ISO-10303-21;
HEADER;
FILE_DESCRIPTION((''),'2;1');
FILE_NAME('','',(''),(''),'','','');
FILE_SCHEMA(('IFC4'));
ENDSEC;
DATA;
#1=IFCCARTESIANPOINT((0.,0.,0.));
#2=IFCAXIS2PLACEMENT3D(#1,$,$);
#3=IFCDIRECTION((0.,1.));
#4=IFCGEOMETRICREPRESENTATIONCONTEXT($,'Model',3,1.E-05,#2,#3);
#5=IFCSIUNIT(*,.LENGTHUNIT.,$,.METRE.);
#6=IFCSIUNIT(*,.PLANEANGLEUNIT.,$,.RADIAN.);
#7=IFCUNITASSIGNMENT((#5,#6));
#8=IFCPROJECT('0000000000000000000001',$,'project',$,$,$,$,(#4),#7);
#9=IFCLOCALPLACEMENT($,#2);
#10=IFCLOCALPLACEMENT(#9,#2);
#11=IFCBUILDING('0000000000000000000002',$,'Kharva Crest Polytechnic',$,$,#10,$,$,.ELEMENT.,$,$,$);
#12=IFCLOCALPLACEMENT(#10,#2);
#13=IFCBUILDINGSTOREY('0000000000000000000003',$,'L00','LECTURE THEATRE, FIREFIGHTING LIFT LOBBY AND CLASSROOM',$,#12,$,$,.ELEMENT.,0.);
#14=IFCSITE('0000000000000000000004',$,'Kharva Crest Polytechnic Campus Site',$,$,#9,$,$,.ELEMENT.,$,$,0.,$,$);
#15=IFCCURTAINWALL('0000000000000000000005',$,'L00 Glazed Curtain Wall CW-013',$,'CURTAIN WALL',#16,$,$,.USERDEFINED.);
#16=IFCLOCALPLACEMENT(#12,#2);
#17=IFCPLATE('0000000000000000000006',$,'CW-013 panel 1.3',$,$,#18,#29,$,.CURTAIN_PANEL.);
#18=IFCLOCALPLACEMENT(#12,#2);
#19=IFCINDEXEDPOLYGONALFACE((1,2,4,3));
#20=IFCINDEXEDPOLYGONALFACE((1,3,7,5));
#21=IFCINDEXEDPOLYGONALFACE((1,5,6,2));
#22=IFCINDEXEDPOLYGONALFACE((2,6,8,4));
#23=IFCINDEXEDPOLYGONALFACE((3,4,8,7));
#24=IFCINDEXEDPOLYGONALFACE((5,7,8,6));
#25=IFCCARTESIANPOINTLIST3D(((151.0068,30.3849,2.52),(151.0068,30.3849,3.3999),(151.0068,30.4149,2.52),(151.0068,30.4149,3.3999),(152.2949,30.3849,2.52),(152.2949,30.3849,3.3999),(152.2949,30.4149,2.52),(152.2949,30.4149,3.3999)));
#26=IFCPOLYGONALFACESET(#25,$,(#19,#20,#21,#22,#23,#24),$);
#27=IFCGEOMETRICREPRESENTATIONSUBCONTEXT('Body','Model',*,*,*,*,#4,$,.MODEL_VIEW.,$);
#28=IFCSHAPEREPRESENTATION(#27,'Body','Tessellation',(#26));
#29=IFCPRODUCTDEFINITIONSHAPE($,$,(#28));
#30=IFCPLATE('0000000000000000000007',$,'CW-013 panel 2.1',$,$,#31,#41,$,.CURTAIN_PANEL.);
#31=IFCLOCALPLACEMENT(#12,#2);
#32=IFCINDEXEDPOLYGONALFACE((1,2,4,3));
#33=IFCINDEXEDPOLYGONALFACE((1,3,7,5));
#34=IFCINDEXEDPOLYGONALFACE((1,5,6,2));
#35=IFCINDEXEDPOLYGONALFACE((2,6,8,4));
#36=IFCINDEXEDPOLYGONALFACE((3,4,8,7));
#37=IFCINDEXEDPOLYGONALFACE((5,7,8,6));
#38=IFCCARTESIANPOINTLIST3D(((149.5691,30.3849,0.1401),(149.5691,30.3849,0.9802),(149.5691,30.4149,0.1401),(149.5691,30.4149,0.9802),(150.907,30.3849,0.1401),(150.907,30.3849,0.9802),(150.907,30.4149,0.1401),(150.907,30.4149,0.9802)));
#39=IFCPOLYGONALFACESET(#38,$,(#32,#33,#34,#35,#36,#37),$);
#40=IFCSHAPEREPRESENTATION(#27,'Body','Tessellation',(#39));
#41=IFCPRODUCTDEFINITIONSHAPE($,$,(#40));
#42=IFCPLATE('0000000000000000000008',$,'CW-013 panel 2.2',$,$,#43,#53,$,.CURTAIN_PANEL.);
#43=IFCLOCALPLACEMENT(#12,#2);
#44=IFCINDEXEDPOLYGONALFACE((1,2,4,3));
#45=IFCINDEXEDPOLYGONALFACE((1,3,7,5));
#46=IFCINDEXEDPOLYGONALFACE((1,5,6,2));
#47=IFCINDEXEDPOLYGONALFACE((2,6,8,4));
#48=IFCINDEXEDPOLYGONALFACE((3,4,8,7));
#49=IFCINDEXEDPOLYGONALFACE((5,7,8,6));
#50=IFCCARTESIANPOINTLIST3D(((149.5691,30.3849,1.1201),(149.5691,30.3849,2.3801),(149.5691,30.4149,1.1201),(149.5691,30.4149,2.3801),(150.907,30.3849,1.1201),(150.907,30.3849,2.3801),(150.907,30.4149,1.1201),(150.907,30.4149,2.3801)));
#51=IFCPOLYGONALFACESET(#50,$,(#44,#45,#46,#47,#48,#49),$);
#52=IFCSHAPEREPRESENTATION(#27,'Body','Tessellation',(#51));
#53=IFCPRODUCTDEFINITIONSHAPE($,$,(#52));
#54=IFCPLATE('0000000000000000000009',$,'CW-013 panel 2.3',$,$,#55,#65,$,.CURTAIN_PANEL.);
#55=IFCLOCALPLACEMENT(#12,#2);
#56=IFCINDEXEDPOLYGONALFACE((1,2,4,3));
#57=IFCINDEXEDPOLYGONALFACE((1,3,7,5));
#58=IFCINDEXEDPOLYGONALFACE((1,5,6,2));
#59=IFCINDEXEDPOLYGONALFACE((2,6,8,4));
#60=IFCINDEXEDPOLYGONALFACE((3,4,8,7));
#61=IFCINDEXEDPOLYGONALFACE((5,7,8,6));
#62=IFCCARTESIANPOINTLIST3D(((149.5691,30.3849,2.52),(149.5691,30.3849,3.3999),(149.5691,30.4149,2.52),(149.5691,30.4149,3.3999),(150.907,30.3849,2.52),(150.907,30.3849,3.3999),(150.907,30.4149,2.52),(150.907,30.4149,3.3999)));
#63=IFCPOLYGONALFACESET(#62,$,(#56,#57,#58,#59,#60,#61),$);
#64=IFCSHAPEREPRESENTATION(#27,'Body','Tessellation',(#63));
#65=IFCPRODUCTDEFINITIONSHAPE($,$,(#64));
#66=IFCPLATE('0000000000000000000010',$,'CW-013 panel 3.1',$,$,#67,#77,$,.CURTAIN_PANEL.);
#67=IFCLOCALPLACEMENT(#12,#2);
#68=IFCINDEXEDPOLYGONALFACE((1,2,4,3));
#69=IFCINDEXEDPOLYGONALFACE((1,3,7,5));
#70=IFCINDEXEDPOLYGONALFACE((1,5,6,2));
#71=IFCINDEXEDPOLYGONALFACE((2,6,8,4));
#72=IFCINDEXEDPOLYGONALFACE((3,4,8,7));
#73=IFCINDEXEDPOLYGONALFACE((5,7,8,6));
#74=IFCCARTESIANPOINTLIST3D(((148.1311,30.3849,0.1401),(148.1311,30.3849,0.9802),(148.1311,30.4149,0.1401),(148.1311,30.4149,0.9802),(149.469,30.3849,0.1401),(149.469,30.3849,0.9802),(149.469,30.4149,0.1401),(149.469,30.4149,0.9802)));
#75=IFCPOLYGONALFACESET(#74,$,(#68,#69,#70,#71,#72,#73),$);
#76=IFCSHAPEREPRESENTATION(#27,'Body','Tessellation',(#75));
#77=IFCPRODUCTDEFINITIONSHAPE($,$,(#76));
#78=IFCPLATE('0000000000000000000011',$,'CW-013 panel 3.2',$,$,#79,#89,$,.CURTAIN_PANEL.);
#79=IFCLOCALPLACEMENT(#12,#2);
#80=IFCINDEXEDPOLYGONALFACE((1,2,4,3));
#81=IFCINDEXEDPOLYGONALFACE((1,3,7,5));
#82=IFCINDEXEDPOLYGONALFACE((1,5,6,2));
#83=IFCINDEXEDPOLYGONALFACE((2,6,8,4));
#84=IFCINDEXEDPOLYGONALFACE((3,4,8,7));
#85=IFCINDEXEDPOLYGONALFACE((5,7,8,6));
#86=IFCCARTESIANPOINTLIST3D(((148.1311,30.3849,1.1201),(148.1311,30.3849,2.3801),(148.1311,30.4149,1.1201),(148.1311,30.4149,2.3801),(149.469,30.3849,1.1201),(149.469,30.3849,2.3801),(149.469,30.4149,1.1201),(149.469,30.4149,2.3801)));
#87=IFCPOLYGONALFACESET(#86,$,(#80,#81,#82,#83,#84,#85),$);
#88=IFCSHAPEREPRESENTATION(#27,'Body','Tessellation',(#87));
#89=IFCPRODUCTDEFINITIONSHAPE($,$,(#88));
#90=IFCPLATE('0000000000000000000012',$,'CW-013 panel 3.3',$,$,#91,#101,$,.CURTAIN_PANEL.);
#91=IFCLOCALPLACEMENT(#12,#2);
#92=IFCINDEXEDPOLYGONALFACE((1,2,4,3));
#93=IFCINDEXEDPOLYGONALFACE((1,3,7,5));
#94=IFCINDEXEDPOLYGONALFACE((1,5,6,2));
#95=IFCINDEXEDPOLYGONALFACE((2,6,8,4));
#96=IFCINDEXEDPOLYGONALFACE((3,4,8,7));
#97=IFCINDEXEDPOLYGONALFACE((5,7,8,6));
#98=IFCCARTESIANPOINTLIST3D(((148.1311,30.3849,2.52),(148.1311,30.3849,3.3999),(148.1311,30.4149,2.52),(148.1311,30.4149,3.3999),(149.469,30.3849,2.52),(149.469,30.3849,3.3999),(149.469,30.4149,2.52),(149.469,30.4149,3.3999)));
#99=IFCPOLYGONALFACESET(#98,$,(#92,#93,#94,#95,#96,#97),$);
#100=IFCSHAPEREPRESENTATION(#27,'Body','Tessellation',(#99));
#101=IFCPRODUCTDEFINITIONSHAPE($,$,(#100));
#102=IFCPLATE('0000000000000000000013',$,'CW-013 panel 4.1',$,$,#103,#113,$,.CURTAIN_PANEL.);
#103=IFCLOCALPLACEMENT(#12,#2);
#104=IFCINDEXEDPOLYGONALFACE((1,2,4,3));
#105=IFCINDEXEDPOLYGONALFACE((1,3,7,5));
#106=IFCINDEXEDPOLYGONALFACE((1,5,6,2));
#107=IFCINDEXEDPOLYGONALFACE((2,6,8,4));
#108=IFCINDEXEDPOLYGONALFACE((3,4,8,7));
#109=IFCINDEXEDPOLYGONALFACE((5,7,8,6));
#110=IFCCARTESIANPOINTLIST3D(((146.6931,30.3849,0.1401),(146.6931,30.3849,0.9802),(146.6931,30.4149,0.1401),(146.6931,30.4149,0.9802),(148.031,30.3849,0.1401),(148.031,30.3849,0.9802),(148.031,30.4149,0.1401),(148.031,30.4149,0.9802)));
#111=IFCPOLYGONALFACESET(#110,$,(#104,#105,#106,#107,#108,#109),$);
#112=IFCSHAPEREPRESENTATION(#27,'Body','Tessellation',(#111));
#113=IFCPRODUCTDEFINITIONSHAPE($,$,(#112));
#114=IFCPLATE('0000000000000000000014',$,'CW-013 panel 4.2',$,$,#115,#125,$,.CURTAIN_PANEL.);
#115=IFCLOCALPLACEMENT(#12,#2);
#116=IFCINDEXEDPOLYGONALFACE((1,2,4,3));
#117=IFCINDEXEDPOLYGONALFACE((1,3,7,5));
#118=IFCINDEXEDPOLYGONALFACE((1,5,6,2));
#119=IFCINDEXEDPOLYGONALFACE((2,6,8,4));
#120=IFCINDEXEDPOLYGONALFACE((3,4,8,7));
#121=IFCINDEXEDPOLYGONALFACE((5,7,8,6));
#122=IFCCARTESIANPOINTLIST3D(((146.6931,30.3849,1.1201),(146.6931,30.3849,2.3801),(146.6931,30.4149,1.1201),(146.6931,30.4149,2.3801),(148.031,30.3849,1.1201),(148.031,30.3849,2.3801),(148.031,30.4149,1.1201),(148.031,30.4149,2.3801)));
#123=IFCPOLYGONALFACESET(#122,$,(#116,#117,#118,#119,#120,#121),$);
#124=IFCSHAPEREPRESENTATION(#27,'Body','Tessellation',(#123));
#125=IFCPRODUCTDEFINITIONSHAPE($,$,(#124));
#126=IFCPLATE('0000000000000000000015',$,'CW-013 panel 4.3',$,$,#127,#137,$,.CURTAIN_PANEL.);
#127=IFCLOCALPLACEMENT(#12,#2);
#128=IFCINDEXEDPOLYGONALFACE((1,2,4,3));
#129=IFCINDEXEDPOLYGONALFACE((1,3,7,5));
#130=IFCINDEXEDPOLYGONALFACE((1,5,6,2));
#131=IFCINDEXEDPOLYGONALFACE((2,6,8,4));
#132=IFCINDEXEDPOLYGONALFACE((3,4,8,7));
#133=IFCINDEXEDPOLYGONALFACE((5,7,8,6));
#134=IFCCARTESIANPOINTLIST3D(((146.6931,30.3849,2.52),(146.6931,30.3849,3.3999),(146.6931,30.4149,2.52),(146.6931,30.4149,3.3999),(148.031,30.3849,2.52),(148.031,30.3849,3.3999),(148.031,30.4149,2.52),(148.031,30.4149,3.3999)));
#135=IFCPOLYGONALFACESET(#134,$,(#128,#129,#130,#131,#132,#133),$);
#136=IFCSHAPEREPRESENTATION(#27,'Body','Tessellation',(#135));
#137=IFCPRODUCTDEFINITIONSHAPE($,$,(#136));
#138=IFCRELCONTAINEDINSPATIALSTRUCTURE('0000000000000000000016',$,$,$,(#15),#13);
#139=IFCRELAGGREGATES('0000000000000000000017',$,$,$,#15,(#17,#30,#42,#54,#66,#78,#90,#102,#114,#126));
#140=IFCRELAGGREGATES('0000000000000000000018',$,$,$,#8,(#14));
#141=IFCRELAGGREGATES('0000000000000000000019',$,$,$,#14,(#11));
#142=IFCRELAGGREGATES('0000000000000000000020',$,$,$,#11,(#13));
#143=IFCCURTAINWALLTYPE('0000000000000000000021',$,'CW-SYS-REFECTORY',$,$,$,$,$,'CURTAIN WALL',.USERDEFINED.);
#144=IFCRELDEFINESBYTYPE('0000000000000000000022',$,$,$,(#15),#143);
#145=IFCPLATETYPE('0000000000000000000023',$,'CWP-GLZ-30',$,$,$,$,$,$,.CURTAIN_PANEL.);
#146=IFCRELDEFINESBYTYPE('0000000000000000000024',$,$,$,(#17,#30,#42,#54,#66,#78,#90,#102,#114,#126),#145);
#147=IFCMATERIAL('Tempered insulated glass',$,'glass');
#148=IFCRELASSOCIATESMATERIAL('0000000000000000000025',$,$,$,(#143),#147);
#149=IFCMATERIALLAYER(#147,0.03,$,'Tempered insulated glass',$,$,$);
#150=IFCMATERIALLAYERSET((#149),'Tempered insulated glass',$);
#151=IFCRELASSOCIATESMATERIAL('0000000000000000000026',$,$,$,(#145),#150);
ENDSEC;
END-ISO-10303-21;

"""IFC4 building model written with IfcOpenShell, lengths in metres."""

from ifc_helpers import new_model, si_unit, direction, frame, origin, origin_2d, place, context, subcontext, project, spatial, rectangle, extrude, material, layer, layer_set, type_object, element, aggregate, save


model = new_model("IFC4")

# Units and contexts
model_context = context("Model", 3, precision=1e-05, world=origin(), true_north=direction((0.0, 1.0)))
body_context = subcontext(model_context, "Body", "Model", "MODEL_VIEW")
ifc_project = project(units=[si_unit("LENGTHUNIT", "METRE"), si_unit("PLANEANGLEUNIT", "RADIAN")], contexts=[model_context])

# Site, building, storey
site_placement = place(None, origin())
site = spatial("IfcSite", under=ifc_project, at=site_placement, Name="Kharva Crest Polytechnic Campus Site", CompositionType="ELEMENT", RefElevation=0.0)
building_placement = place(site_placement, origin())
building = spatial("IfcBuilding", under=site, at=building_placement, Name="Kharva Crest Polytechnic", CompositionType="ELEMENT")
storey_placement = place(building_placement, origin())
storey = spatial("IfcBuildingStorey", under=building, at=storey_placement, Name="L00", Description="LECTURE THEATRE, FIREFIGHTING LIFT LOBBY AND CLASSROOM", CompositionType="ELEMENT", Elevation=0.0)

# Curtain wall, plates
ifc_material_1 = material(Name="Tempered insulated glass", Category="glass")
curtain_wall_type = type_object("IfcCurtainWallType", Name="CW-SYS-REFECTORY", ElementType="CURTAIN WALL", PredefinedType="USERDEFINED", material=ifc_material_1)
curtain_wall_placement = place(storey_placement, origin())
curtain_wall = element("IfcCurtainWall", 1, at=curtain_wall_placement, inside=storey, type_object=curtain_wall_type, Name="L00 Glazed Curtain Wall CW-013", ObjectType="CURTAIN WALL", PredefinedType="USERDEFINED")
ifc_layer = layer(ifc_material_1, 0.03, Name="Tempered insulated glass")
ifc_layer_set = layer_set([ifc_layer], Name="Tempered insulated glass")
plate_type = type_object("IfcPlateType", Name="CWP-GLZ-30", PredefinedType="CURTAIN_PANEL", material=ifc_layer_set)
plate_1_placement = place(storey_placement, frame((151.6509, 30.3999, 2.52), z_axis=(0.0, 0.0, 1.0), x_axis=(-1.0, 0.0, 0.0)))
plate_1 = element("IfcPlate", 2, at=plate_1_placement, type_object=plate_type, Name="CW-013 panel 1.3", PredefinedType="CURTAIN_PANEL", context=body_context, shape_type="SweptSolid", body=[
    extrude(rectangle(XDim=1.2881, YDim=0.03, at=origin_2d()), origin(), (0.0, 0.0, 1.0), 0.8799),
])
plate_2_placement = place(storey_placement, frame((150.238, 30.3999, 0.1401), z_axis=(0.0, 0.0, 1.0), x_axis=(-1.0, 0.0, 0.0)))
plate_2 = element("IfcPlate", 3, at=plate_2_placement, type_object=plate_type, Name="CW-013 panel 2.1", PredefinedType="CURTAIN_PANEL", context=body_context, shape_type="SweptSolid", body=[
    extrude(rectangle(XDim=1.3379, YDim=0.03, at=origin_2d()), origin(), (0.0, 0.0, 1.0), 0.8401),
])
plate_3_placement = place(storey_placement, frame((150.238, 30.3999, 1.1201), z_axis=(0.0, 0.0, 1.0), x_axis=(-1.0, 0.0, 0.0)))
plate_3 = element("IfcPlate", 4, at=plate_3_placement, type_object=plate_type, Name="CW-013 panel 2.2", PredefinedType="CURTAIN_PANEL", context=body_context, shape_type="SweptSolid", body=[
    extrude(rectangle(XDim=1.3379, YDim=0.03, at=origin_2d()), origin(), (0.0, 0.0, 1.0), 1.26),
])
plate_4_placement = place(storey_placement, frame((150.238, 30.3999, 2.52), z_axis=(0.0, 0.0, 1.0), x_axis=(-1.0, 0.0, 0.0)))
plate_4 = element("IfcPlate", 5, at=plate_4_placement, type_object=plate_type, Name="CW-013 panel 2.3", PredefinedType="CURTAIN_PANEL", context=body_context, shape_type="SweptSolid", body=[
    extrude(rectangle(XDim=1.3379, YDim=0.03, at=origin_2d()), origin(), (0.0, 0.0, 1.0), 0.8799),
])
plate_5_placement = place(storey_placement, frame((148.8, 30.3999, 0.1401), z_axis=(0.0, 0.0, 1.0), x_axis=(-1.0, 0.0, 0.0)))
plate_5 = element("IfcPlate", 6, at=plate_5_placement, type_object=plate_type, Name="CW-013 panel 3.1", PredefinedType="CURTAIN_PANEL", context=body_context, shape_type="SweptSolid", body=[
    extrude(rectangle(XDim=1.3379, YDim=0.03, at=origin_2d()), origin(), (0.0, 0.0, 1.0), 0.8401),
])
plate_6_placement = place(storey_placement, frame((148.8, 30.3999, 1.1201), z_axis=(0.0, 0.0, 1.0), x_axis=(-1.0, 0.0, 0.0)))
plate_6 = element("IfcPlate", 7, at=plate_6_placement, type_object=plate_type, Name="CW-013 panel 3.2", PredefinedType="CURTAIN_PANEL", context=body_context, shape_type="SweptSolid", body=[
    extrude(rectangle(XDim=1.3379, YDim=0.03, at=origin_2d()), origin(), (0.0, 0.0, 1.0), 1.26),
])
plate_7_placement = place(storey_placement, frame((148.8, 30.3999, 2.52), z_axis=(0.0, 0.0, 1.0), x_axis=(-1.0, 0.0, 0.0)))
plate_7 = element("IfcPlate", 8, at=plate_7_placement, type_object=plate_type, Name="CW-013 panel 3.3", PredefinedType="CURTAIN_PANEL", context=body_context, shape_type="SweptSolid", body=[
    extrude(rectangle(XDim=1.3379, YDim=0.03, at=origin_2d()), origin(), (0.0, 0.0, 1.0), 0.8799),
])
plate_8_placement = place(storey_placement, frame((147.3621, 30.3999, 0.1401), z_axis=(0.0, 0.0, 1.0), x_axis=(-1.0, 0.0, 0.0)))
plate_8 = element("IfcPlate", 9, at=plate_8_placement, type_object=plate_type, Name="CW-013 panel 4.1", PredefinedType="CURTAIN_PANEL", context=body_context, shape_type="SweptSolid", body=[
    extrude(rectangle(XDim=1.3379, YDim=0.03, at=origin_2d()), origin(), (0.0, 0.0, 1.0), 0.8401),
])
plate_9_placement = place(storey_placement, frame((147.3621, 30.3999, 1.1201), z_axis=(0.0, 0.0, 1.0), x_axis=(-1.0, 0.0, 0.0)))
plate_9 = element("IfcPlate", 10, at=plate_9_placement, type_object=plate_type, Name="CW-013 panel 4.2", PredefinedType="CURTAIN_PANEL", context=body_context, shape_type="SweptSolid", body=[
    extrude(rectangle(XDim=1.3379, YDim=0.03, at=origin_2d()), origin(), (0.0, 0.0, 1.0), 1.26),
])
plate_10_placement = place(storey_placement, frame((147.3621, 30.3999, 2.52), z_axis=(0.0, 0.0, 1.0), x_axis=(-1.0, 0.0, 0.0)))
plate_10 = element("IfcPlate", 11, at=plate_10_placement, type_object=plate_type, Name="CW-013 panel 4.3", PredefinedType="CURTAIN_PANEL", context=body_context, shape_type="SweptSolid", body=[
    extrude(rectangle(XDim=1.3379, YDim=0.03, at=origin_2d()), origin(), (0.0, 0.0, 1.0), 0.8799),
])
aggregate(curtain_wall, [plate_1, plate_2, plate_3, plate_4, plate_5, plate_6, plate_7, plate_8, plate_9, plate_10])

save(model, "model.ifc")
